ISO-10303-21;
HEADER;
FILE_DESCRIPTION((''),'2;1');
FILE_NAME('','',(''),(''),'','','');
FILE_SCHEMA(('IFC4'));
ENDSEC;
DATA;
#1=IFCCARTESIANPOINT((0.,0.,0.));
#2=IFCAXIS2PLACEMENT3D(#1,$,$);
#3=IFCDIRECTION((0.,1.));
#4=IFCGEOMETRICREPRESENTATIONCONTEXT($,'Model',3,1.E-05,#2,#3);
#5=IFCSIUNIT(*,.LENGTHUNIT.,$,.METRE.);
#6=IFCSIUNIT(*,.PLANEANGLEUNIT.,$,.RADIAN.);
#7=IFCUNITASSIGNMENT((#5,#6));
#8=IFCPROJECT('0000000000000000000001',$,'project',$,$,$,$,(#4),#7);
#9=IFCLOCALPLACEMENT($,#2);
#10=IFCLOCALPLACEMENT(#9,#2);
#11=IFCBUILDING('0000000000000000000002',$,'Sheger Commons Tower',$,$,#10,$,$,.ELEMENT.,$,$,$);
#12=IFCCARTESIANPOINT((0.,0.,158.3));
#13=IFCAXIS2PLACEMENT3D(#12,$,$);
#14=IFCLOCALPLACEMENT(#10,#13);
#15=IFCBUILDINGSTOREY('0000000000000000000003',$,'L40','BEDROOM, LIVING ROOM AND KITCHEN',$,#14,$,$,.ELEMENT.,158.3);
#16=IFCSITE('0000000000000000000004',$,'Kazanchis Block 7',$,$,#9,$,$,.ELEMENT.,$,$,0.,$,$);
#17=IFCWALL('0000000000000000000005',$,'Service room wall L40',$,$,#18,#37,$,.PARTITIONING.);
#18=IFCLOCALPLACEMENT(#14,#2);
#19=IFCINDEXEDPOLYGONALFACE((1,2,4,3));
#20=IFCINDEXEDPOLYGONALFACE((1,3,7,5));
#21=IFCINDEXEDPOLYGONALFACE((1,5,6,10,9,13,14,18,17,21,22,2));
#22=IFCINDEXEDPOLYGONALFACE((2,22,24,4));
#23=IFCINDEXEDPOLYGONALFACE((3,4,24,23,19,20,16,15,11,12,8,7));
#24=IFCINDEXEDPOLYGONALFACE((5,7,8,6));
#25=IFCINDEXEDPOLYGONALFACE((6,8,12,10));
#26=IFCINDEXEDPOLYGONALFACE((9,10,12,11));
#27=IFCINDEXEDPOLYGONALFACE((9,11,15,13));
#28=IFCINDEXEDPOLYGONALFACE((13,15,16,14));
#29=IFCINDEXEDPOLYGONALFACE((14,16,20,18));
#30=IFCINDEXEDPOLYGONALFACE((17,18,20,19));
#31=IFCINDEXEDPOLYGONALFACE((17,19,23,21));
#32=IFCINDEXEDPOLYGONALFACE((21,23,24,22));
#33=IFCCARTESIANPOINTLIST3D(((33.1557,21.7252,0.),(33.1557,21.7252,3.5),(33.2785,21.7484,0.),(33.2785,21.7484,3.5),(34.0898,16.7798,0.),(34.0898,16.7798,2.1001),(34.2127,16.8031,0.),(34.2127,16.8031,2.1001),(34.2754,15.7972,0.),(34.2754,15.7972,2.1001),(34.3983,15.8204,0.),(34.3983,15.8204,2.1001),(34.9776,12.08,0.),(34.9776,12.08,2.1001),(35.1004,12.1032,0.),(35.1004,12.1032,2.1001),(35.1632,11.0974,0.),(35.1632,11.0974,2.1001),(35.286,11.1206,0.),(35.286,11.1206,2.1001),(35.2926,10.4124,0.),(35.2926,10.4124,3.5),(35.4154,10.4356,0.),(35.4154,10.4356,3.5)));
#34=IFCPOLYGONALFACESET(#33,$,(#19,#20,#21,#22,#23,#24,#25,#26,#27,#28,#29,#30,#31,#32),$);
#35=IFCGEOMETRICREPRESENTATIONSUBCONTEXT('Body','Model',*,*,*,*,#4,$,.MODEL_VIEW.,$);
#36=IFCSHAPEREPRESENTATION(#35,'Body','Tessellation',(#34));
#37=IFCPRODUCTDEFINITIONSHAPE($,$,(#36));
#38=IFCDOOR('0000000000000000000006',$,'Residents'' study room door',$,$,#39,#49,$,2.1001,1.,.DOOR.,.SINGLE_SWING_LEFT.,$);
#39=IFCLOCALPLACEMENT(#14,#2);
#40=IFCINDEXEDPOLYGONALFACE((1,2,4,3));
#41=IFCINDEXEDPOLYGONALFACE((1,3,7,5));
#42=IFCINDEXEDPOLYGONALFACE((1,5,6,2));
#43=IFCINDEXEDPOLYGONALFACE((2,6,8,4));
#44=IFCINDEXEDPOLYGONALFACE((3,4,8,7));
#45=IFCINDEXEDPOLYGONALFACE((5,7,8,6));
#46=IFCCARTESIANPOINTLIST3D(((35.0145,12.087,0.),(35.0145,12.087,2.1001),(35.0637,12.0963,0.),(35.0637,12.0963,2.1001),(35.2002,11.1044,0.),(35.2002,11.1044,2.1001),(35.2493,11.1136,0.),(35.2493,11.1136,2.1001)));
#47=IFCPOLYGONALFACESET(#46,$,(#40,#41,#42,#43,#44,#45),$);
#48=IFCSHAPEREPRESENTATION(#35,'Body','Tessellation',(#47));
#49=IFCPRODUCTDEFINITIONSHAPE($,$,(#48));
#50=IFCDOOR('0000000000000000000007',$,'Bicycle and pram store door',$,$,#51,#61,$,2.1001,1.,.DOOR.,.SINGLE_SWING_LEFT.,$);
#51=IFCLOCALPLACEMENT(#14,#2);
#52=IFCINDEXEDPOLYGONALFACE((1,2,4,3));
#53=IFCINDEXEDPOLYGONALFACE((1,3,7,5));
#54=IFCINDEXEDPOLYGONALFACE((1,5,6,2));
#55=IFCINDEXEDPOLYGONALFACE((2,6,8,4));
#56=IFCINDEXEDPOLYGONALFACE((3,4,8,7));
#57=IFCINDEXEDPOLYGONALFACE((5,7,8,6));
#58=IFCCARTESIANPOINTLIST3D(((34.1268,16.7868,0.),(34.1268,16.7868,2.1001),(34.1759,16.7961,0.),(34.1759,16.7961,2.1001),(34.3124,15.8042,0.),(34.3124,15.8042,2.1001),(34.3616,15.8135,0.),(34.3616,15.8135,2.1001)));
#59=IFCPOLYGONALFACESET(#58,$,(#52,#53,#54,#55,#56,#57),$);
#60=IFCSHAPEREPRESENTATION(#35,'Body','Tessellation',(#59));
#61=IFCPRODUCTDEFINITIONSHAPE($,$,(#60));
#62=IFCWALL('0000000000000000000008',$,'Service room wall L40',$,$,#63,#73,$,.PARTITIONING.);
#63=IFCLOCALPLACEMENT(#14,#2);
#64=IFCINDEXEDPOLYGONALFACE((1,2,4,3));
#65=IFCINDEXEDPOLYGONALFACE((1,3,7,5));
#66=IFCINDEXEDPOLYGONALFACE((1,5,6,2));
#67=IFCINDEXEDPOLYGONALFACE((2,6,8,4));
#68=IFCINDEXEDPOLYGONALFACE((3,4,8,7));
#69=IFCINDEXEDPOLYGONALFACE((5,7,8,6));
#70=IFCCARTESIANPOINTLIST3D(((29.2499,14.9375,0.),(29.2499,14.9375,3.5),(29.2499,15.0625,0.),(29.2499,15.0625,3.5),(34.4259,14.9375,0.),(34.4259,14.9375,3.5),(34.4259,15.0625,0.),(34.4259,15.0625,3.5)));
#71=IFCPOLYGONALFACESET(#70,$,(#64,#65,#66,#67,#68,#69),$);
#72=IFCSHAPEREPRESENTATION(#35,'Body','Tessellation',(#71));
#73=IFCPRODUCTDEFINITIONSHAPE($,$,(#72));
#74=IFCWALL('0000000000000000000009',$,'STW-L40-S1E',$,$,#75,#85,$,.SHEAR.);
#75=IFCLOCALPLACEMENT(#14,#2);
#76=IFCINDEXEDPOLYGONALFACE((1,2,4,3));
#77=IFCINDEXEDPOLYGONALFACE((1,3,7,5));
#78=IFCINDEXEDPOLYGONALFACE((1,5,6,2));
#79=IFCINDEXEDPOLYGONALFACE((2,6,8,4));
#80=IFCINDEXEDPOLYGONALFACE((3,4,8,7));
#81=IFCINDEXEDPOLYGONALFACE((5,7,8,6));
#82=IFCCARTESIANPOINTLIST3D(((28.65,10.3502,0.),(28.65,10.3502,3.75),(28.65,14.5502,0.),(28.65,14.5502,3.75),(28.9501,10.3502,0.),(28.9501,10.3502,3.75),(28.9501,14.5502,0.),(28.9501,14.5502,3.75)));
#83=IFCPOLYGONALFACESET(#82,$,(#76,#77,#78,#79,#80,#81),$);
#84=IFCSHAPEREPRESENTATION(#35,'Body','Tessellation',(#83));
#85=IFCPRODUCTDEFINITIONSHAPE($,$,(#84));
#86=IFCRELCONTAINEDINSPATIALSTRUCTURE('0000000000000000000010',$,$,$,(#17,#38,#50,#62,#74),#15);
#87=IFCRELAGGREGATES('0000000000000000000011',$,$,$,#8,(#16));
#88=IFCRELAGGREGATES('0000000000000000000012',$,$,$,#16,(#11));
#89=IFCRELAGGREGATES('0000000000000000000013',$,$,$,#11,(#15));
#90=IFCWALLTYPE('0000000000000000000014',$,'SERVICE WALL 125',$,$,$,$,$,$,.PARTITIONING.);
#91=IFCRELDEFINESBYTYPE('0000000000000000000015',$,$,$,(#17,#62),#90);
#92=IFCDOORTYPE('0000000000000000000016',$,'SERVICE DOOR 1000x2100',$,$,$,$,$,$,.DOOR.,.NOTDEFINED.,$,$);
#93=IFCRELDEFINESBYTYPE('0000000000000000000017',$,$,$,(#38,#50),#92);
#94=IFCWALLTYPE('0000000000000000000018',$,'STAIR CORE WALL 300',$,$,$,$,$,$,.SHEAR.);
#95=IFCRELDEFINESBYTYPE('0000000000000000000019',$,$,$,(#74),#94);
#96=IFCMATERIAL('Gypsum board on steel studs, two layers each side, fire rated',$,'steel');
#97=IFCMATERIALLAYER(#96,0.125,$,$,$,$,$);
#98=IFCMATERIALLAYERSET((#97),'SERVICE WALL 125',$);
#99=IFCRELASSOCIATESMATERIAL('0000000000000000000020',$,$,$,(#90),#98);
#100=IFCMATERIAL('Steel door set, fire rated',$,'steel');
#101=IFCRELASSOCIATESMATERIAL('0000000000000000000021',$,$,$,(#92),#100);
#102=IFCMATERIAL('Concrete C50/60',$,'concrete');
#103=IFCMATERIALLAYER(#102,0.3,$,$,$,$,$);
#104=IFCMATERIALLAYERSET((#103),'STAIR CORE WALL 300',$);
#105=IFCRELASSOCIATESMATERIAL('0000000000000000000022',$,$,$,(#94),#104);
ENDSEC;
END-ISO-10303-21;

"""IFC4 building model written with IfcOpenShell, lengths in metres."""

from ifc_helpers import new_model, si_unit, direction, frame, frame_2d, origin, place, context, subcontext, project, spatial, rectangle, extrude, material, layer, layer_set, type_object, element, fill, save


model = new_model("IFC4")

# Units and contexts
model_context = context("Model", 3, precision=1e-05, world=origin(), true_north=direction((0.0, 1.0)))
body_context = subcontext(model_context, "Body", "Model", "MODEL_VIEW")
ifc_project = project(units=[si_unit("LENGTHUNIT", "METRE"), si_unit("PLANEANGLEUNIT", "RADIAN")], contexts=[model_context])

# Site, building, storey
site_placement = place(None, origin())
site = spatial("IfcSite", under=ifc_project, at=site_placement, Name="Kazanchis Block 7", CompositionType="ELEMENT", RefElevation=0.0)
building_placement = place(site_placement, origin())
building = spatial("IfcBuilding", under=site, at=building_placement, Name="Sheger Commons Tower", CompositionType="ELEMENT")
storey_placement = place(building_placement, frame((0.0, 0.0, 158.3)))
storey = spatial("IfcBuildingStorey", under=building, at=storey_placement, Name="L40", Description="BEDROOM, LIVING ROOM AND KITCHEN", CompositionType="ELEMENT", Elevation=158.3)

# Shared definitions
ifc_material_1 = material(Name="Gypsum board on steel studs, two layers each side, fire rated", Category="steel")
ifc_layer_1 = layer(ifc_material_1, 0.125)
ifc_layer_set_1 = layer_set([ifc_layer_1], Name="SERVICE WALL 125")
wall_type_1 = type_object("IfcWallType", Name="SERVICE WALL 125", PredefinedType="PARTITIONING", material=ifc_layer_set_1)

# Wall, openings, doors
wall_1_placement = place(storey_placement, frame((35.354, 10.4241, 0.0), z_axis=(0.0, 0.0, 1.0), x_axis=(-0.185612, 0.982623, 0.0)))
wall_1 = element("IfcWall", 1, at=wall_1_placement, inside=storey, type_object=wall_type_1, Name="Service room wall L40", PredefinedType="PARTITIONING", context=body_context, shape_type="SweptSolid", body=[
    extrude(rectangle(XDim=11.5129, YDim=0.125, at=frame_2d((5.7563, 0.0))), origin(), (0.0, 0.0, 1.0), 3.5),
])
opening_1_placement = place(wall_1_placement, frame((0.697, 0.0, 0.0)))
opening_1 = element("IfcOpeningElement", 2, at=opening_1_placement, cuts=wall_1, PredefinedType="OPENING", context=body_context, shape_type="SweptSolid", body=[
    extrude(rectangle(XDim=1.0, YDim=2.1001, at=frame_2d((0.5, 1.05))), frame((0.0, 0.0725, 0.0), z_axis=(0.0, -1.0, 0.0), x_axis=(1.0, 0.0, 0.0)), (0.0, 0.0, 1.0), 0.145),
])
opening_2_placement = place(wall_1_placement, frame((5.48, 0.0, 0.0)))
opening_2 = element("IfcOpeningElement", 3, at=opening_2_placement, cuts=wall_1, PredefinedType="OPENING", context=body_context, shape_type="SweptSolid", body=[
    extrude(rectangle(XDim=1.0, YDim=2.1001, at=frame_2d((0.5, 1.05))), frame((0.0, 0.0725, 0.0), z_axis=(0.0, -1.0, 0.0), x_axis=(1.0, 0.0, 0.0)), (0.0, 0.0, 1.0), 0.145),
])
ifc_material_2 = material(Name="Steel door set, fire rated", Category="steel")
door_type = type_object("IfcDoorType", Name="SERVICE DOOR 1000x2100", OperationType="NOTDEFINED", PredefinedType="DOOR", material=ifc_material_2)
door_1_placement = place(opening_1_placement, origin())
door_1 = element("IfcDoor", 4, at=door_1_placement, inside=storey, type_object=door_type, Name="Residents' study room door", OperationType="SINGLE_SWING_LEFT", OverallHeight=2.1001, OverallWidth=1.0, PredefinedType="DOOR", context=body_context, shape_type="SweptSolid", body=[
    extrude(rectangle(XDim=1.0, YDim=2.1001, at=frame_2d((0.5, 1.05))), frame((0.0, 0.0249, 0.0), z_axis=(0.0, -1.0, 0.0), x_axis=(1.0, 0.0, 0.0)), (0.0, 0.0, 1.0), 0.05),
])
fill(opening_1, door_1)
door_2_placement = place(opening_2_placement, origin())
door_2 = element("IfcDoor", 5, at=door_2_placement, inside=storey, type_object=door_type, Name="Bicycle and pram store door", OperationType="SINGLE_SWING_LEFT", OverallHeight=2.1001, OverallWidth=1.0, PredefinedType="DOOR", context=body_context, shape_type="SweptSolid", body=[
    extrude(rectangle(XDim=1.0, YDim=2.1001, at=frame_2d((0.5, 1.05))), frame((0.0, 0.0249, 0.0), z_axis=(0.0, -1.0, 0.0), x_axis=(1.0, 0.0, 0.0)), (0.0, 0.0, 1.0), 0.05),
])
fill(opening_2, door_2)

# Walls
wall_2_placement = place(storey_placement, frame((29.25, 15.0, 0.0), z_axis=(0.0, 0.0, 1.0), x_axis=(1.0, 0.0, 0.0)))
element("IfcWall", 6, at=wall_2_placement, inside=storey, type_object=wall_type_1, Name="Service room wall L40", PredefinedType="PARTITIONING", context=body_context, shape_type="SweptSolid", body=[
    extrude(rectangle(XDim=5.176, YDim=0.125, at=frame_2d((2.5879, 0.0))), origin(), (0.0, 0.0, 1.0), 3.5),
])
ifc_material_3 = material(Name="Concrete C50/60", Category="concrete")
ifc_layer_2 = layer(ifc_material_3, 0.3)
ifc_layer_set_2 = layer_set([ifc_layer_2], Name="STAIR CORE WALL 300")
wall_type_2 = type_object("IfcWallType", Name="STAIR CORE WALL 300", PredefinedType="SHEAR", material=ifc_layer_set_2)
wall_3_placement = place(storey_placement, frame((28.8, 10.3501, 0.0), z_axis=(0.0, 0.0, 1.0), x_axis=(0.0, 1.0, 0.0)))
element("IfcWall", 7, at=wall_3_placement, inside=storey, type_object=wall_type_2, Name="STW-L40-S1E", PredefinedType="SHEAR", context=body_context, shape_type="SweptSolid", body=[
    extrude(rectangle(XDim=4.2, YDim=0.3, at=frame_2d((2.1001, 0.0))), origin(), (0.0, 0.0, 1.0), 3.75),
])

save(model, "model.ifc")
